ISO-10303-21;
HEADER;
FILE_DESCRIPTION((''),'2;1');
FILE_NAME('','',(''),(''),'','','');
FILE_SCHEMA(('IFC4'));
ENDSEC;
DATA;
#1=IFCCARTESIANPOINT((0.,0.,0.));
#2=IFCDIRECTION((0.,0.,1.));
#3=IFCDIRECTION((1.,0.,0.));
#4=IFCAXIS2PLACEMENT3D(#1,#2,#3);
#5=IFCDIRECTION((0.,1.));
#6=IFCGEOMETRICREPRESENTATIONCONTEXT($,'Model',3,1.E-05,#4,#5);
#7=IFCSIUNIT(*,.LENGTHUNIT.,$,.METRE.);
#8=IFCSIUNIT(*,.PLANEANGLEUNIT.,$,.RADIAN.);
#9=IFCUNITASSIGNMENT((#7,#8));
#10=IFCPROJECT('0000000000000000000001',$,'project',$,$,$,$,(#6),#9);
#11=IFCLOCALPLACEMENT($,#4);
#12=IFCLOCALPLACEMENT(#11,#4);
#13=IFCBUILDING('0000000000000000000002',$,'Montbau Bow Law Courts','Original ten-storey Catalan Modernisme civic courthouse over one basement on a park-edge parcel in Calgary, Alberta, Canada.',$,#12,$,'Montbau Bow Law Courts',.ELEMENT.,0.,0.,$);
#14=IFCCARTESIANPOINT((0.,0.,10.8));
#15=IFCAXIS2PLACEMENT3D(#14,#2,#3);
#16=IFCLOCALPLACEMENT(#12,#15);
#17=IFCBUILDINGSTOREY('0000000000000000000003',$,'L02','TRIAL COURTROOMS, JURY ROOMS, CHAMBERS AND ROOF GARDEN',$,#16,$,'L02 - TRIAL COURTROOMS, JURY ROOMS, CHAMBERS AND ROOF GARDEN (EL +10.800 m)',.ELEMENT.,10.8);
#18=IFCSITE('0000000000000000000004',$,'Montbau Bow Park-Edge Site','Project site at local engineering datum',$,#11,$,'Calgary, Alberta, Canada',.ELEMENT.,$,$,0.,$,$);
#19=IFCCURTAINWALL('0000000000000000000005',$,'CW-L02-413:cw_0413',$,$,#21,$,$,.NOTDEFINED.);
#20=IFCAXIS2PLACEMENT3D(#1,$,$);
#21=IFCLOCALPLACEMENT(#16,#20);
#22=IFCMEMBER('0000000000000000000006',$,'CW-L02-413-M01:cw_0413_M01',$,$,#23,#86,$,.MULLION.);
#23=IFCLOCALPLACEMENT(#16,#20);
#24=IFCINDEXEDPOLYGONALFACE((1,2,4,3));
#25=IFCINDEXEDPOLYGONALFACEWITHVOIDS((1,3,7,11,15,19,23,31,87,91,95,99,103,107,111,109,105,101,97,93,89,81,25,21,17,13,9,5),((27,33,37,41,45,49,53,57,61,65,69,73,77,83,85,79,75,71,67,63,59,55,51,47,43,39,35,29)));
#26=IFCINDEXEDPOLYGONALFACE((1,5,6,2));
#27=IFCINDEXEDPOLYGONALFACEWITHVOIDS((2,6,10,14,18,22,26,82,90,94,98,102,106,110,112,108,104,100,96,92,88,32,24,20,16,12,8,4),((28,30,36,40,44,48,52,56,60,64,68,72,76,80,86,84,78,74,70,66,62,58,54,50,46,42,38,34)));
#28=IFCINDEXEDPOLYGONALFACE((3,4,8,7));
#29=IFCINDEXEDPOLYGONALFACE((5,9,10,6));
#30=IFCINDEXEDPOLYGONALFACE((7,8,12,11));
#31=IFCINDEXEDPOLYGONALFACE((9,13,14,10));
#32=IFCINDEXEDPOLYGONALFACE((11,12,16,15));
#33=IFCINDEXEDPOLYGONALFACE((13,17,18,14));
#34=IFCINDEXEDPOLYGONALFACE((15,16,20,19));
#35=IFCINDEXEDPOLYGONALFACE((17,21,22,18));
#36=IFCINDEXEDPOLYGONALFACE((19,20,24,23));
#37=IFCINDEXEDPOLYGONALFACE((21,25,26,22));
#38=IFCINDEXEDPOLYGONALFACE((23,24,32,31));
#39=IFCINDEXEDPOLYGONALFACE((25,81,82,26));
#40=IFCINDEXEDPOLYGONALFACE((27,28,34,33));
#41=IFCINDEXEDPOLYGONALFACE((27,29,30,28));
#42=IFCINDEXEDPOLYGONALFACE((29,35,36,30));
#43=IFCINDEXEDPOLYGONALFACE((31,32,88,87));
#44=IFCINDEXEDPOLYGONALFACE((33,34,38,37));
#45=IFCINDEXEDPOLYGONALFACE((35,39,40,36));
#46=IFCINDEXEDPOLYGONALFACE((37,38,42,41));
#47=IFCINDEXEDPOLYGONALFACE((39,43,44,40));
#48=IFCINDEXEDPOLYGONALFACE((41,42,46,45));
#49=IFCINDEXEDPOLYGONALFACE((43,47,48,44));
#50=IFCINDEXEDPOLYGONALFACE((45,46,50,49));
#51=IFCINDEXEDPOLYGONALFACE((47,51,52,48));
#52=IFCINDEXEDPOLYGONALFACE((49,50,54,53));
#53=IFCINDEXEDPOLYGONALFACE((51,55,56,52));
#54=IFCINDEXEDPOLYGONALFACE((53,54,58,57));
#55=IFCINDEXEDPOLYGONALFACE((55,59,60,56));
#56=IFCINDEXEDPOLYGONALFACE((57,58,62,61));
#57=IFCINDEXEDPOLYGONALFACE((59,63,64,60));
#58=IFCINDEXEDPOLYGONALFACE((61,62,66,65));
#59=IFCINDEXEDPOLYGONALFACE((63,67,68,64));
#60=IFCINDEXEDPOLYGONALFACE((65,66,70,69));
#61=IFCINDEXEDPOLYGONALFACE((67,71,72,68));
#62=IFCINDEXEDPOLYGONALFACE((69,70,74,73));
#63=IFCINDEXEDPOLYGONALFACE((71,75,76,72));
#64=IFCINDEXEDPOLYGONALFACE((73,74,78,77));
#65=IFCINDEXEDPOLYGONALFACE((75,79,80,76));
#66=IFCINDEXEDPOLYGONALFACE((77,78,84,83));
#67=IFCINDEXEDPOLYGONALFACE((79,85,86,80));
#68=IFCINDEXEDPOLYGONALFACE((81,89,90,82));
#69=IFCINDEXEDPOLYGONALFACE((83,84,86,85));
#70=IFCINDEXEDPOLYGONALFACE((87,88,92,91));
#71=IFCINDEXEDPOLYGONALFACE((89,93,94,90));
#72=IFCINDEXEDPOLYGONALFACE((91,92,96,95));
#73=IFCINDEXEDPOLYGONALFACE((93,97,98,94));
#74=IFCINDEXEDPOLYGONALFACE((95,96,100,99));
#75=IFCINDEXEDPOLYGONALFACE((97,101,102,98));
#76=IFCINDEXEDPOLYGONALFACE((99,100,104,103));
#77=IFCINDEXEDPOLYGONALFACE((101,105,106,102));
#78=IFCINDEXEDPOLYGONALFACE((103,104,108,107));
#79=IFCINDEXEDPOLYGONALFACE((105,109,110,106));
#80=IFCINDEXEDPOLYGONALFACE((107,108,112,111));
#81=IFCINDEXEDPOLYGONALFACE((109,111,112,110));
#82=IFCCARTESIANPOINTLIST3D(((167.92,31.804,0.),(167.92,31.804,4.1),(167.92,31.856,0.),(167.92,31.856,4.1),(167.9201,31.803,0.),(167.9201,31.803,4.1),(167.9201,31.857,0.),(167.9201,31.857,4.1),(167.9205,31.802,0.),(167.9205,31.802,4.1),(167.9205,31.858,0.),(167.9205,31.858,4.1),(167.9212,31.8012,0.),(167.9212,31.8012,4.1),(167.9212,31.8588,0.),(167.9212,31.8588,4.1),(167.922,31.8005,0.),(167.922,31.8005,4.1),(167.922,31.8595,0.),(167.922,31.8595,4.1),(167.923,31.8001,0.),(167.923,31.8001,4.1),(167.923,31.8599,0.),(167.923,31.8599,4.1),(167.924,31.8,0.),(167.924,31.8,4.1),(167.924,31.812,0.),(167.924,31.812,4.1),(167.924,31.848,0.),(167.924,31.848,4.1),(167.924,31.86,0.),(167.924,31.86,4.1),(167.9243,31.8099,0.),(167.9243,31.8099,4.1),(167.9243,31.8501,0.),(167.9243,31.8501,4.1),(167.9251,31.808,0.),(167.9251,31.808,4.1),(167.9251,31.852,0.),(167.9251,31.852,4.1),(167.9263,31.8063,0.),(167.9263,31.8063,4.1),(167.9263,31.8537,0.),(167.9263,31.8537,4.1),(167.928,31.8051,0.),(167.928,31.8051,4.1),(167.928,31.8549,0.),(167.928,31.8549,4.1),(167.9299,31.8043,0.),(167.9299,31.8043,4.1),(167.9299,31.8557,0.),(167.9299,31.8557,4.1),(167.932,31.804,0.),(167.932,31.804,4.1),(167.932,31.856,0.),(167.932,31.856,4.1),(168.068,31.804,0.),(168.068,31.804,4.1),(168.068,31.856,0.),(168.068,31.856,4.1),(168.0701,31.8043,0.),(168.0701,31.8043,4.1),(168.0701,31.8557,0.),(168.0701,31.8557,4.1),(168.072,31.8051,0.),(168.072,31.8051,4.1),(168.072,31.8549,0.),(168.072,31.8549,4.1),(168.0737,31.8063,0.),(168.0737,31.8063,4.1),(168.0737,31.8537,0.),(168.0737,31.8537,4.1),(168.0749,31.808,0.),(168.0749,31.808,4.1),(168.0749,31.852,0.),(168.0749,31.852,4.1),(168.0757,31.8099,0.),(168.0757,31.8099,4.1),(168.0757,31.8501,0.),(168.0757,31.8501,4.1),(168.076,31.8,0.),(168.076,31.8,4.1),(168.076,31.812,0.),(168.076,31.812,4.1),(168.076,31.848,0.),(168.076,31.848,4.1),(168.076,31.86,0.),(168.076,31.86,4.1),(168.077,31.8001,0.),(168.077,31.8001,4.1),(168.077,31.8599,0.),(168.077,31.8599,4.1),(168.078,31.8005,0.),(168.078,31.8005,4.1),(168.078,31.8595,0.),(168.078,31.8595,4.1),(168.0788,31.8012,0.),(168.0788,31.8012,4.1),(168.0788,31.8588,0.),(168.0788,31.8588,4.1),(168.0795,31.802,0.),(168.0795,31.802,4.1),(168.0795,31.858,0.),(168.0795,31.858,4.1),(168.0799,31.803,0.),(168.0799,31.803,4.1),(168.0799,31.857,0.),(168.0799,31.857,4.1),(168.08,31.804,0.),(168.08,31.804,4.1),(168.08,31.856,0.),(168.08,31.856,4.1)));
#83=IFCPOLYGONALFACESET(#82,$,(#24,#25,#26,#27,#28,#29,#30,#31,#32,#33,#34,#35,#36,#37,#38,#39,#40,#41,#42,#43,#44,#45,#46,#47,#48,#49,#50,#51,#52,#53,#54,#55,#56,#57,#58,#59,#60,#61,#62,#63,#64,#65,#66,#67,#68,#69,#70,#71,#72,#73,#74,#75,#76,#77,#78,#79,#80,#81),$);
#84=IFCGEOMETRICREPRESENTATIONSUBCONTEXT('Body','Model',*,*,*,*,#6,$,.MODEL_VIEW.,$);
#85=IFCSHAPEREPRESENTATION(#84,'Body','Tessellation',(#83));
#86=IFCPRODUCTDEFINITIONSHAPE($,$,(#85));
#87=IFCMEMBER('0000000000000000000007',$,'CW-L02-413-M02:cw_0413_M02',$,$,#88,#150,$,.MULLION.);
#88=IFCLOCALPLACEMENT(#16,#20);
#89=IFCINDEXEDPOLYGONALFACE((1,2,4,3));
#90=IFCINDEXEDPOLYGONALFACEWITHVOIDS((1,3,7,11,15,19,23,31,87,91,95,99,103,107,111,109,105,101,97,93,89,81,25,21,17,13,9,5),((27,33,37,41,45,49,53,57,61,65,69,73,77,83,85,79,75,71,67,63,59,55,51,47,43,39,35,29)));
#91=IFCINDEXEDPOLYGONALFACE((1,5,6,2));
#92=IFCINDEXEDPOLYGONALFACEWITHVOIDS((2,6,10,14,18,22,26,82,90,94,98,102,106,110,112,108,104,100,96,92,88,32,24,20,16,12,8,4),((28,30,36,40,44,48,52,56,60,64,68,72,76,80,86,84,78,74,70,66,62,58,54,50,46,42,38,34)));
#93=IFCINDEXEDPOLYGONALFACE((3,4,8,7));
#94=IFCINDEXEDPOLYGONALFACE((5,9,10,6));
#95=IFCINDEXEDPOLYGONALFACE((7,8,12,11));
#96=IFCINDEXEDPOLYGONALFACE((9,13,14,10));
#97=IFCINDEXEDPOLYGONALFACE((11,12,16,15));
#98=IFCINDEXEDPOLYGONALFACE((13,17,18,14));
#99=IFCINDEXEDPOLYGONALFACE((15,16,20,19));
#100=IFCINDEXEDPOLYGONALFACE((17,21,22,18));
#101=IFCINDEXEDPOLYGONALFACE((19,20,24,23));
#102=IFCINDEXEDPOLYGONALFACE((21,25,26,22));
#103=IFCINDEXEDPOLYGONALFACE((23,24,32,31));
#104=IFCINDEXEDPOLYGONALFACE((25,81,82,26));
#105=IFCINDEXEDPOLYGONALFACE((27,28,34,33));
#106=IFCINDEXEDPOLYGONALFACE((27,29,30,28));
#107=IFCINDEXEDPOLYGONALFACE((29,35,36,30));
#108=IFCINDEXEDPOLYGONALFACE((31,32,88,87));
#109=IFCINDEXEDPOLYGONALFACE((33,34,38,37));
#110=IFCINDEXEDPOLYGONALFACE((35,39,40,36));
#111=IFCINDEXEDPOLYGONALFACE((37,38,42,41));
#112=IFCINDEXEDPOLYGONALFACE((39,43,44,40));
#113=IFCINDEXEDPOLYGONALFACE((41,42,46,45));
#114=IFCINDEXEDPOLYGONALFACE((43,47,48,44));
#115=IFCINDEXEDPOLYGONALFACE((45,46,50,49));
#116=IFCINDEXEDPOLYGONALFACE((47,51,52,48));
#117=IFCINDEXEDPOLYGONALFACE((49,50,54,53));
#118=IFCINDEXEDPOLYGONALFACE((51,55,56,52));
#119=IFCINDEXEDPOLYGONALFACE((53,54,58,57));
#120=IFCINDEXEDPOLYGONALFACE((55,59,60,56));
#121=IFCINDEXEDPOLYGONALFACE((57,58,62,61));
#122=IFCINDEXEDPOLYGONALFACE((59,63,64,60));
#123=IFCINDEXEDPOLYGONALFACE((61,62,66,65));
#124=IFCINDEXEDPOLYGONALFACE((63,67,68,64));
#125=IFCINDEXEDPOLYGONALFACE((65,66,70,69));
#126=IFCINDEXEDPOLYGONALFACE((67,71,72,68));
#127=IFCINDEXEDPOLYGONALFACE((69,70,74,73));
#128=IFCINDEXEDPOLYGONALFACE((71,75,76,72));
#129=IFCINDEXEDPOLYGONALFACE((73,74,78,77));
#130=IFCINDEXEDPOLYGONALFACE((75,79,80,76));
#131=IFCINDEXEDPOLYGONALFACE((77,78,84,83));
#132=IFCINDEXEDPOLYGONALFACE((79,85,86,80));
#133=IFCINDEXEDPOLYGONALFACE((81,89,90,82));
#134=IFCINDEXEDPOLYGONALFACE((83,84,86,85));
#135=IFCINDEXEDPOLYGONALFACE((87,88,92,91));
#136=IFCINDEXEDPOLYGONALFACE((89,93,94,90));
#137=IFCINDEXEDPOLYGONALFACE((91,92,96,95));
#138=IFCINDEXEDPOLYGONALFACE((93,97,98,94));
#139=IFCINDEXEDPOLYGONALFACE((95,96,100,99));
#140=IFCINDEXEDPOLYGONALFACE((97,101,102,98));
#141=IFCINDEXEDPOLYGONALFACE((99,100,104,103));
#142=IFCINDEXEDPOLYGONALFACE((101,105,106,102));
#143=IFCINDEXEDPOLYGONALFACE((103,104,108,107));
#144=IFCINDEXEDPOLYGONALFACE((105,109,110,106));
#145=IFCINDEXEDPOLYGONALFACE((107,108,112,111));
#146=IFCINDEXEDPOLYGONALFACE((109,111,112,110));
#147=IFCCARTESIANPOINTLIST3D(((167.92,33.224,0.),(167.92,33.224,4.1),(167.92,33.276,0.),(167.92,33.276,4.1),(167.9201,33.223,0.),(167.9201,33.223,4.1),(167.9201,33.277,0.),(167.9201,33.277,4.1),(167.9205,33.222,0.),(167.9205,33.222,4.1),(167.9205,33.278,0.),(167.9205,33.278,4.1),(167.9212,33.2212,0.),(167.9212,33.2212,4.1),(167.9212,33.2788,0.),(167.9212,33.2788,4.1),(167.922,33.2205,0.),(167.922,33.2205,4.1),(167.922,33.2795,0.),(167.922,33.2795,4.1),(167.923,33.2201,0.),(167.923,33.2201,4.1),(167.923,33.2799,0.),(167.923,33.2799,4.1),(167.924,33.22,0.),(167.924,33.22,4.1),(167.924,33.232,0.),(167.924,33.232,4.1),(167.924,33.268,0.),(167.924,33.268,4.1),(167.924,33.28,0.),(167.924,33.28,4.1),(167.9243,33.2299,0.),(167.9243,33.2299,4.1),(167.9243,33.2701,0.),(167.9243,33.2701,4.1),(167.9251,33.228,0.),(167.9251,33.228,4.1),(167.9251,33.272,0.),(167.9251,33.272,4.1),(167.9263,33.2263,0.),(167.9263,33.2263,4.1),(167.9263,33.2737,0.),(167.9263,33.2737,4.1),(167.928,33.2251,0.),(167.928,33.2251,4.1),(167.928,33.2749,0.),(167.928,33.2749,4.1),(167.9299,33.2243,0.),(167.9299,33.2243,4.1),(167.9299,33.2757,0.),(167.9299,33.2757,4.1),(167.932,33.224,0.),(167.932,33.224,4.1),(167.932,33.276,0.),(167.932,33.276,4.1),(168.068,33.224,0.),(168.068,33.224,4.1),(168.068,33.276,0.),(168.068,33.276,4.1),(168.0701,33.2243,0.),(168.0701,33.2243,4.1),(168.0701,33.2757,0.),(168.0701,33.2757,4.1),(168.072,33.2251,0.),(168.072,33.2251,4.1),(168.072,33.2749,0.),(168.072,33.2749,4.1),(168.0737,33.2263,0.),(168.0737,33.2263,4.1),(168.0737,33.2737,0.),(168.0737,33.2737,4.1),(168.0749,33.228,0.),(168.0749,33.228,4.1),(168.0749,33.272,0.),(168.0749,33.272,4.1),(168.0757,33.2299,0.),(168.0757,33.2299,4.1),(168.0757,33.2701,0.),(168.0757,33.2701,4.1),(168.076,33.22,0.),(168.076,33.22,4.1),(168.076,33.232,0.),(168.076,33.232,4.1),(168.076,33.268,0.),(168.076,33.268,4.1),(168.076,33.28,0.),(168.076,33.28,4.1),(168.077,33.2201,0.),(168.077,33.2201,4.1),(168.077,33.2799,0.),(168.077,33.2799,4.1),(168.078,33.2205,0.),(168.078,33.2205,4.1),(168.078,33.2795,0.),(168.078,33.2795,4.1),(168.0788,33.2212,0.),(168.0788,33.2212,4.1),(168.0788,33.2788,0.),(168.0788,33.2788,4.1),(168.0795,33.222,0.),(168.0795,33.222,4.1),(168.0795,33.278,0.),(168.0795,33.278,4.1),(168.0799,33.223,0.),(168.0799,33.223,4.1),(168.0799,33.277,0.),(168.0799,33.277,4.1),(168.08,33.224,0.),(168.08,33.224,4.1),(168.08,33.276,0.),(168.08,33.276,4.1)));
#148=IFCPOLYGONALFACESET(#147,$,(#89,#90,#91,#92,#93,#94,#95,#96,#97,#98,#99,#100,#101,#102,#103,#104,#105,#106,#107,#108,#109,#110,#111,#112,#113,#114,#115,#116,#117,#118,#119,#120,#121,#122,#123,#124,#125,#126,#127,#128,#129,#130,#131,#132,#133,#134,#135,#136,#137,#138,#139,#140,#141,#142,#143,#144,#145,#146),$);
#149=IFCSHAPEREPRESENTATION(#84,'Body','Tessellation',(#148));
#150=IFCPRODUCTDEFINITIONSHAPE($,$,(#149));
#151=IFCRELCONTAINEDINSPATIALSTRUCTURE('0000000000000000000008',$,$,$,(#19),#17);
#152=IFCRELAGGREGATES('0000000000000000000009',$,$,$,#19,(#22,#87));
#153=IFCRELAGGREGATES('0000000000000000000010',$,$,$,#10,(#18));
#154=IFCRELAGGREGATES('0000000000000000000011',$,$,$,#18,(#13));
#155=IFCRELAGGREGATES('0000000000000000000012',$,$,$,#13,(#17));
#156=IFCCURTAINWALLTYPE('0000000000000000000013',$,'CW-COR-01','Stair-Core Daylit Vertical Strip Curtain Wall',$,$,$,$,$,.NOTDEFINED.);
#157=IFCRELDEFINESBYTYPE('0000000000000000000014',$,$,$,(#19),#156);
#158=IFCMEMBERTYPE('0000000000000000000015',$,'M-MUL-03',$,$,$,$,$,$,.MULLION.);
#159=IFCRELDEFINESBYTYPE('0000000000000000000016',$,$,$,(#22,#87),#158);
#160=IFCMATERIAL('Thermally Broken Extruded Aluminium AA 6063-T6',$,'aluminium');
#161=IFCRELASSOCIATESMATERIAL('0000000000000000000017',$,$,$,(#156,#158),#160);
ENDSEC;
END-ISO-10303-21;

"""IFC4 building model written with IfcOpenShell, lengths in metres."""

from ifc_helpers import new_model, si_unit, direction, frame, origin_with_axes, origin_2d_with_axis, place, context, subcontext, project, spatial, hollow_rectangle, extrude, material, material_profile, profile_set, type_object, element, aggregate, save


model = new_model("IFC4")

# Units and contexts
model_context = context("Model", 3, precision=1e-05, world=origin_with_axes(), true_north=direction((0.0, 1.0)))
body_context = subcontext(model_context, "Body", "Model", "MODEL_VIEW")
ifc_project = project(units=[si_unit("LENGTHUNIT", "METRE"), si_unit("PLANEANGLEUNIT", "RADIAN")], contexts=[model_context])

# Site, building, storey
site_placement = place(None, origin_with_axes())
site = spatial("IfcSite", under=ifc_project, at=site_placement, Name="Montbau Bow Park-Edge Site", Description="Project site at local engineering datum", LongName="Calgary, Alberta, Canada", CompositionType="ELEMENT", RefElevation=0.0)
building_placement = place(site_placement, origin_with_axes())
building = spatial("IfcBuilding", under=site, at=building_placement, Name="Montbau Bow Law Courts", Description="Original ten-storey Catalan Modernisme civic courthouse over one basement on a park-edge parcel in Calgary, Alberta, Canada.", LongName="Montbau Bow Law Courts", CompositionType="ELEMENT", ElevationOfRefHeight=0.0, ElevationOfTerrain=0.0)
storey_placement = place(building_placement, frame((0.0, 0.0, 10.8), z_axis=(0.0, 0.0, 1.0), x_axis=(1.0, 0.0, 0.0)))
storey = spatial("IfcBuildingStorey", under=building, at=storey_placement, Name="L02", Description="TRIAL COURTROOMS, JURY ROOMS, CHAMBERS AND ROOF GARDEN", LongName="L02 - TRIAL COURTROOMS, JURY ROOMS, CHAMBERS AND ROOF GARDEN (EL +10.800 m)", CompositionType="ELEMENT", Elevation=10.8)

# Curtain wall, members
ifc_material_1 = material(Name="Thermally Broken Extruded Aluminium AA 6063-T6", Category="aluminium")
curtain_wall_type = type_object("IfcCurtainWallType", Name="CW-COR-01", Description="Stair-Core Daylit Vertical Strip Curtain Wall", PredefinedType="NOTDEFINED", material=ifc_material_1)
curtain_wall_placement = place(None, frame((168.0, 31.8, 10.8), z_axis=(0.0, 0.0, 1.0), x_axis=(1.0, 0.0, 0.0)))
curtain_wall = element("IfcCurtainWall", 1, at=curtain_wall_placement, inside=storey, type_object=curtain_wall_type, Name="CW-L02-413:cw_0413", PredefinedType="NOTDEFINED")
ifc_material_profile_1 = material_profile(ifc_material_1, hollow_rectangle(XDim=0.06, YDim=0.16, WallThickness=0.004, InnerFilletRadius=0.008, OuterFilletRadius=0.004, at=origin_2d_with_axis()), Name="CWM-160X60", Category="Main", Priority=0)
ifc_profile_set_1 = profile_set([ifc_material_profile_1], Name="Thermally Broken Extruded Aluminium AA 6063-T6")
member_type_1 = type_object("IfcMemberType", Name="M-MUL-03", PredefinedType="MULLION", material=ifc_profile_set_1)
member_1_placement = place(None, frame((168.0, 31.83, 10.8), z_axis=(0.0, 0.0, 1.0), x_axis=(0.0, 1.0, 0.0)))
member_1 = element("IfcMember", 2, at=member_1_placement, type_object=member_type_1, Name="CW-L02-413-M01:cw_0413_M01", PredefinedType="MULLION", context=body_context, shape_type="SweptSolid", body=[
    extrude(hollow_rectangle(XDim=0.06, YDim=0.16, WallThickness=0.004, InnerFilletRadius=0.008, OuterFilletRadius=0.004, at=origin_2d_with_axis()), origin_with_axes(), (0.0, 0.0, 1.0), 4.1),
])
member_2_placement = place(None, frame((168.0, 33.25, 10.8), z_axis=(0.0, 0.0, 1.0), x_axis=(0.0, 1.0, 0.0)))
member_2 = element("IfcMember", 3, at=member_2_placement, type_object=member_type_1, Name="CW-L02-413-M02:cw_0413_M02", PredefinedType="MULLION", context=body_context, shape_type="SweptSolid", body=[
    extrude(hollow_rectangle(XDim=0.06, YDim=0.16, WallThickness=0.004, InnerFilletRadius=0.008, OuterFilletRadius=0.004, at=origin_2d_with_axis()), origin_with_axes(), (0.0, 0.0, 1.0), 4.1),
])
aggregate(curtain_wall, [member_1, member_2])

save(model, "model.ifc")
